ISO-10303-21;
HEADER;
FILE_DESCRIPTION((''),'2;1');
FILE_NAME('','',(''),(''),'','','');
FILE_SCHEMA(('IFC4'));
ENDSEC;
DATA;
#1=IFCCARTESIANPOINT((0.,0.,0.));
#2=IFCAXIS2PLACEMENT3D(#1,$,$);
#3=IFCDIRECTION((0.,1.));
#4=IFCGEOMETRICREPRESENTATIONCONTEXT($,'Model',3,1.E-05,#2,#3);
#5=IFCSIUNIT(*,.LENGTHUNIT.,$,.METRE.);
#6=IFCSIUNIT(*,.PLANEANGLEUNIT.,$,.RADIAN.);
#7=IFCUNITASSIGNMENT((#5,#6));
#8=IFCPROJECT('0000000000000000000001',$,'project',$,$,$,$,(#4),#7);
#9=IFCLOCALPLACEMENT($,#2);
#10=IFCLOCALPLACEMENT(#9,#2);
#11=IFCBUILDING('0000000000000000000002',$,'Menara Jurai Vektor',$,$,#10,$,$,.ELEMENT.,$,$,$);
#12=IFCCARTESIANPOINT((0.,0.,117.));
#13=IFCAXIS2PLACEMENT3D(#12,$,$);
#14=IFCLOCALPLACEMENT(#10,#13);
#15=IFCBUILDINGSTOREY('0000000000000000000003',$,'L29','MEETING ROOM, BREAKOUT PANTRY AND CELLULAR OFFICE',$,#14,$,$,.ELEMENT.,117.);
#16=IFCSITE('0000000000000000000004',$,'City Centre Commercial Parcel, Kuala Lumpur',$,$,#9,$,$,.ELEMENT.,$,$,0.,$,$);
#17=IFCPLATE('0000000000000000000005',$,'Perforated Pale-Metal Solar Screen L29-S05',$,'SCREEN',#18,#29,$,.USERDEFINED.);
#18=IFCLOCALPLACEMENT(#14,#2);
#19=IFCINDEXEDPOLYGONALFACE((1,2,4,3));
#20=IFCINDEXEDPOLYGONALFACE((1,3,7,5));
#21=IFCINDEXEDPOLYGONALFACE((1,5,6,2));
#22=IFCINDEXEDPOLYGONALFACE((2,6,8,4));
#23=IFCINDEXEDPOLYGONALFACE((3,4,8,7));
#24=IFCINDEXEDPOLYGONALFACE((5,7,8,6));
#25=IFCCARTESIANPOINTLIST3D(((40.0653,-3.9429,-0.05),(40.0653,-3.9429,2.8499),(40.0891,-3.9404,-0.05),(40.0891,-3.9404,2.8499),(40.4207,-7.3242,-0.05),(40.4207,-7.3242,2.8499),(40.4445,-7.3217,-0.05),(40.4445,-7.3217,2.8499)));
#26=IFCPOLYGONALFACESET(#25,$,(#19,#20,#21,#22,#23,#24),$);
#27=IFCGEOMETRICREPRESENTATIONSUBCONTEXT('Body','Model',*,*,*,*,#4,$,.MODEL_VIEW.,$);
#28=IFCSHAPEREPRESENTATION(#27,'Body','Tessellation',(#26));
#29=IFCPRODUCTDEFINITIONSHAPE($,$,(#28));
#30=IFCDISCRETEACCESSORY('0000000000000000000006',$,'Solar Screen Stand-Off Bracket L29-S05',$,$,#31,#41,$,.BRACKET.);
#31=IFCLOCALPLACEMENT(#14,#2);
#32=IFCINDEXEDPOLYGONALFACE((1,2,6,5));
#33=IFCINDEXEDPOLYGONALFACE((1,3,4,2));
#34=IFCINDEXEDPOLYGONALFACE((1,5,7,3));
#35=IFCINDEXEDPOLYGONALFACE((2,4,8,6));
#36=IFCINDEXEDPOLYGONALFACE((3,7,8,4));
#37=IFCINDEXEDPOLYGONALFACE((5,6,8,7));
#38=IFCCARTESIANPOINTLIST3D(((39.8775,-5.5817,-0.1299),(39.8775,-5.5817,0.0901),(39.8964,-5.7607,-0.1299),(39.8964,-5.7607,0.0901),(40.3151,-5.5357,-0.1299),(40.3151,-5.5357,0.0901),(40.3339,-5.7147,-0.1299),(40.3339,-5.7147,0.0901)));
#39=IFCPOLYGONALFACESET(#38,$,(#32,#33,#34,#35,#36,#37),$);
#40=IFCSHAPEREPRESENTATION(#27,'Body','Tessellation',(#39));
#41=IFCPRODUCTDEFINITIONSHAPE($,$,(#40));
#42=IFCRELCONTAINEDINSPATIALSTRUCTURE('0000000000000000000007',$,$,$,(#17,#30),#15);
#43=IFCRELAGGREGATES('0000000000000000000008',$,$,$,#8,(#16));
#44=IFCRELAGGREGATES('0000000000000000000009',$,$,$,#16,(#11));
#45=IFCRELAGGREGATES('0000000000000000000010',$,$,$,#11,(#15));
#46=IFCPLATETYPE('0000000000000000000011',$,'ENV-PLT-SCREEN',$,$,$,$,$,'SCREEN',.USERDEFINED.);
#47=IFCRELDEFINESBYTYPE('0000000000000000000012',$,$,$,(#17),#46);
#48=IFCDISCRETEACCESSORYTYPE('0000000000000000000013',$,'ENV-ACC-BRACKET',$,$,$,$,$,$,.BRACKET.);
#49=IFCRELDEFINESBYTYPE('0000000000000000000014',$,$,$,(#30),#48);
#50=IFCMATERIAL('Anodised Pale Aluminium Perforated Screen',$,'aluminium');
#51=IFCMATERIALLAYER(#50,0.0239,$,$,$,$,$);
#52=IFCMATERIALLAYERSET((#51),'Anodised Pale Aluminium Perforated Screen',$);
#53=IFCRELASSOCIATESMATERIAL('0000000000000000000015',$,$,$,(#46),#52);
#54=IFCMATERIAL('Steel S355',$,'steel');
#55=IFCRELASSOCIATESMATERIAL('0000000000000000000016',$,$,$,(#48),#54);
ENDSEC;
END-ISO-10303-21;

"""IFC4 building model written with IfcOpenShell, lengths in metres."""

from ifc_helpers import new_model, si_unit, direction, frame, origin, origin_2d, place, context, subcontext, project, spatial, rectangle, extrude, material, layer, layer_set, type_object, element, save


model = new_model("IFC4")

# Units and contexts
model_context = context("Model", 3, precision=1e-05, world=origin(), true_north=direction((0.0, 1.0)))
body_context = subcontext(model_context, "Body", "Model", "MODEL_VIEW")
ifc_project = project(units=[si_unit("LENGTHUNIT", "METRE"), si_unit("PLANEANGLEUNIT", "RADIAN")], contexts=[model_context])

# Site, building, storey
site_placement = place(None, origin())
site = spatial("IfcSite", under=ifc_project, at=site_placement, Name="City Centre Commercial Parcel, Kuala Lumpur", CompositionType="ELEMENT", RefElevation=0.0)
building_placement = place(site_placement, origin())
building = spatial("IfcBuilding", under=site, at=building_placement, Name="Menara Jurai Vektor", CompositionType="ELEMENT")
storey_placement = place(building_placement, frame((0.0, 0.0, 117.0)))
storey = spatial("IfcBuildingStorey", under=building, at=storey_placement, Name="L29", Description="MEETING ROOM, BREAKOUT PANTRY AND CELLULAR OFFICE", CompositionType="ELEMENT", Elevation=117.0)

# Shared definitions
ifc_material_1 = material(Name="Steel S355", Category="steel")

# Plate
ifc_material_2 = material(Name="Anodised Pale Aluminium Perforated Screen", Category="aluminium")
ifc_layer_1 = layer(ifc_material_2, 0.0239)
ifc_layer_set_1 = layer_set([ifc_layer_1], Name="Anodised Pale Aluminium Perforated Screen")
plate_type_1 = type_object("IfcPlateType", Name="ENV-PLT-SCREEN", ElementType="SCREEN", PredefinedType="USERDEFINED", material=ifc_layer_set_1)
plate_1_placement = place(storey_placement, frame((40.2549, -5.6323, -0.05), z_axis=(0.0, 0.0, 1.0), x_axis=(-0.104528, 0.994522, 0.0)))
element("IfcPlate", 1, at=plate_1_placement, inside=storey, type_object=plate_type_1, Name="Perforated Pale-Metal Solar Screen L29-S05", ObjectType="SCREEN", PredefinedType="USERDEFINED", context=body_context, shape_type="SweptSolid", body=[
    extrude(rectangle(XDim=3.3999, YDim=0.0239, at=origin_2d()), origin(), (0.0, 0.0, 1.0), 2.8999),
])

# Discrete accessory
discrete_accessory_type = type_object("IfcDiscreteAccessoryType", Name="ENV-ACC-BRACKET", PredefinedType="BRACKET", material=ifc_material_1)
discrete_accessory_placement = place(storey_placement, frame((40.1057, -5.6482, -0.1299), z_axis=(0.0, 0.0, 1.0), x_axis=(-0.104528, 0.994522, 0.0)))
element("IfcDiscreteAccessory", 2, at=discrete_accessory_placement, inside=storey, type_object=discrete_accessory_type, Name="Solar Screen Stand-Off Bracket L29-S05", PredefinedType="BRACKET", context=body_context, shape_type="SweptSolid", body=[
    extrude(rectangle(XDim=0.1799, YDim=0.4399, at=origin_2d()), origin(), (0.0, 0.0, 1.0), 0.22),
])

save(model, "model.ifc")
